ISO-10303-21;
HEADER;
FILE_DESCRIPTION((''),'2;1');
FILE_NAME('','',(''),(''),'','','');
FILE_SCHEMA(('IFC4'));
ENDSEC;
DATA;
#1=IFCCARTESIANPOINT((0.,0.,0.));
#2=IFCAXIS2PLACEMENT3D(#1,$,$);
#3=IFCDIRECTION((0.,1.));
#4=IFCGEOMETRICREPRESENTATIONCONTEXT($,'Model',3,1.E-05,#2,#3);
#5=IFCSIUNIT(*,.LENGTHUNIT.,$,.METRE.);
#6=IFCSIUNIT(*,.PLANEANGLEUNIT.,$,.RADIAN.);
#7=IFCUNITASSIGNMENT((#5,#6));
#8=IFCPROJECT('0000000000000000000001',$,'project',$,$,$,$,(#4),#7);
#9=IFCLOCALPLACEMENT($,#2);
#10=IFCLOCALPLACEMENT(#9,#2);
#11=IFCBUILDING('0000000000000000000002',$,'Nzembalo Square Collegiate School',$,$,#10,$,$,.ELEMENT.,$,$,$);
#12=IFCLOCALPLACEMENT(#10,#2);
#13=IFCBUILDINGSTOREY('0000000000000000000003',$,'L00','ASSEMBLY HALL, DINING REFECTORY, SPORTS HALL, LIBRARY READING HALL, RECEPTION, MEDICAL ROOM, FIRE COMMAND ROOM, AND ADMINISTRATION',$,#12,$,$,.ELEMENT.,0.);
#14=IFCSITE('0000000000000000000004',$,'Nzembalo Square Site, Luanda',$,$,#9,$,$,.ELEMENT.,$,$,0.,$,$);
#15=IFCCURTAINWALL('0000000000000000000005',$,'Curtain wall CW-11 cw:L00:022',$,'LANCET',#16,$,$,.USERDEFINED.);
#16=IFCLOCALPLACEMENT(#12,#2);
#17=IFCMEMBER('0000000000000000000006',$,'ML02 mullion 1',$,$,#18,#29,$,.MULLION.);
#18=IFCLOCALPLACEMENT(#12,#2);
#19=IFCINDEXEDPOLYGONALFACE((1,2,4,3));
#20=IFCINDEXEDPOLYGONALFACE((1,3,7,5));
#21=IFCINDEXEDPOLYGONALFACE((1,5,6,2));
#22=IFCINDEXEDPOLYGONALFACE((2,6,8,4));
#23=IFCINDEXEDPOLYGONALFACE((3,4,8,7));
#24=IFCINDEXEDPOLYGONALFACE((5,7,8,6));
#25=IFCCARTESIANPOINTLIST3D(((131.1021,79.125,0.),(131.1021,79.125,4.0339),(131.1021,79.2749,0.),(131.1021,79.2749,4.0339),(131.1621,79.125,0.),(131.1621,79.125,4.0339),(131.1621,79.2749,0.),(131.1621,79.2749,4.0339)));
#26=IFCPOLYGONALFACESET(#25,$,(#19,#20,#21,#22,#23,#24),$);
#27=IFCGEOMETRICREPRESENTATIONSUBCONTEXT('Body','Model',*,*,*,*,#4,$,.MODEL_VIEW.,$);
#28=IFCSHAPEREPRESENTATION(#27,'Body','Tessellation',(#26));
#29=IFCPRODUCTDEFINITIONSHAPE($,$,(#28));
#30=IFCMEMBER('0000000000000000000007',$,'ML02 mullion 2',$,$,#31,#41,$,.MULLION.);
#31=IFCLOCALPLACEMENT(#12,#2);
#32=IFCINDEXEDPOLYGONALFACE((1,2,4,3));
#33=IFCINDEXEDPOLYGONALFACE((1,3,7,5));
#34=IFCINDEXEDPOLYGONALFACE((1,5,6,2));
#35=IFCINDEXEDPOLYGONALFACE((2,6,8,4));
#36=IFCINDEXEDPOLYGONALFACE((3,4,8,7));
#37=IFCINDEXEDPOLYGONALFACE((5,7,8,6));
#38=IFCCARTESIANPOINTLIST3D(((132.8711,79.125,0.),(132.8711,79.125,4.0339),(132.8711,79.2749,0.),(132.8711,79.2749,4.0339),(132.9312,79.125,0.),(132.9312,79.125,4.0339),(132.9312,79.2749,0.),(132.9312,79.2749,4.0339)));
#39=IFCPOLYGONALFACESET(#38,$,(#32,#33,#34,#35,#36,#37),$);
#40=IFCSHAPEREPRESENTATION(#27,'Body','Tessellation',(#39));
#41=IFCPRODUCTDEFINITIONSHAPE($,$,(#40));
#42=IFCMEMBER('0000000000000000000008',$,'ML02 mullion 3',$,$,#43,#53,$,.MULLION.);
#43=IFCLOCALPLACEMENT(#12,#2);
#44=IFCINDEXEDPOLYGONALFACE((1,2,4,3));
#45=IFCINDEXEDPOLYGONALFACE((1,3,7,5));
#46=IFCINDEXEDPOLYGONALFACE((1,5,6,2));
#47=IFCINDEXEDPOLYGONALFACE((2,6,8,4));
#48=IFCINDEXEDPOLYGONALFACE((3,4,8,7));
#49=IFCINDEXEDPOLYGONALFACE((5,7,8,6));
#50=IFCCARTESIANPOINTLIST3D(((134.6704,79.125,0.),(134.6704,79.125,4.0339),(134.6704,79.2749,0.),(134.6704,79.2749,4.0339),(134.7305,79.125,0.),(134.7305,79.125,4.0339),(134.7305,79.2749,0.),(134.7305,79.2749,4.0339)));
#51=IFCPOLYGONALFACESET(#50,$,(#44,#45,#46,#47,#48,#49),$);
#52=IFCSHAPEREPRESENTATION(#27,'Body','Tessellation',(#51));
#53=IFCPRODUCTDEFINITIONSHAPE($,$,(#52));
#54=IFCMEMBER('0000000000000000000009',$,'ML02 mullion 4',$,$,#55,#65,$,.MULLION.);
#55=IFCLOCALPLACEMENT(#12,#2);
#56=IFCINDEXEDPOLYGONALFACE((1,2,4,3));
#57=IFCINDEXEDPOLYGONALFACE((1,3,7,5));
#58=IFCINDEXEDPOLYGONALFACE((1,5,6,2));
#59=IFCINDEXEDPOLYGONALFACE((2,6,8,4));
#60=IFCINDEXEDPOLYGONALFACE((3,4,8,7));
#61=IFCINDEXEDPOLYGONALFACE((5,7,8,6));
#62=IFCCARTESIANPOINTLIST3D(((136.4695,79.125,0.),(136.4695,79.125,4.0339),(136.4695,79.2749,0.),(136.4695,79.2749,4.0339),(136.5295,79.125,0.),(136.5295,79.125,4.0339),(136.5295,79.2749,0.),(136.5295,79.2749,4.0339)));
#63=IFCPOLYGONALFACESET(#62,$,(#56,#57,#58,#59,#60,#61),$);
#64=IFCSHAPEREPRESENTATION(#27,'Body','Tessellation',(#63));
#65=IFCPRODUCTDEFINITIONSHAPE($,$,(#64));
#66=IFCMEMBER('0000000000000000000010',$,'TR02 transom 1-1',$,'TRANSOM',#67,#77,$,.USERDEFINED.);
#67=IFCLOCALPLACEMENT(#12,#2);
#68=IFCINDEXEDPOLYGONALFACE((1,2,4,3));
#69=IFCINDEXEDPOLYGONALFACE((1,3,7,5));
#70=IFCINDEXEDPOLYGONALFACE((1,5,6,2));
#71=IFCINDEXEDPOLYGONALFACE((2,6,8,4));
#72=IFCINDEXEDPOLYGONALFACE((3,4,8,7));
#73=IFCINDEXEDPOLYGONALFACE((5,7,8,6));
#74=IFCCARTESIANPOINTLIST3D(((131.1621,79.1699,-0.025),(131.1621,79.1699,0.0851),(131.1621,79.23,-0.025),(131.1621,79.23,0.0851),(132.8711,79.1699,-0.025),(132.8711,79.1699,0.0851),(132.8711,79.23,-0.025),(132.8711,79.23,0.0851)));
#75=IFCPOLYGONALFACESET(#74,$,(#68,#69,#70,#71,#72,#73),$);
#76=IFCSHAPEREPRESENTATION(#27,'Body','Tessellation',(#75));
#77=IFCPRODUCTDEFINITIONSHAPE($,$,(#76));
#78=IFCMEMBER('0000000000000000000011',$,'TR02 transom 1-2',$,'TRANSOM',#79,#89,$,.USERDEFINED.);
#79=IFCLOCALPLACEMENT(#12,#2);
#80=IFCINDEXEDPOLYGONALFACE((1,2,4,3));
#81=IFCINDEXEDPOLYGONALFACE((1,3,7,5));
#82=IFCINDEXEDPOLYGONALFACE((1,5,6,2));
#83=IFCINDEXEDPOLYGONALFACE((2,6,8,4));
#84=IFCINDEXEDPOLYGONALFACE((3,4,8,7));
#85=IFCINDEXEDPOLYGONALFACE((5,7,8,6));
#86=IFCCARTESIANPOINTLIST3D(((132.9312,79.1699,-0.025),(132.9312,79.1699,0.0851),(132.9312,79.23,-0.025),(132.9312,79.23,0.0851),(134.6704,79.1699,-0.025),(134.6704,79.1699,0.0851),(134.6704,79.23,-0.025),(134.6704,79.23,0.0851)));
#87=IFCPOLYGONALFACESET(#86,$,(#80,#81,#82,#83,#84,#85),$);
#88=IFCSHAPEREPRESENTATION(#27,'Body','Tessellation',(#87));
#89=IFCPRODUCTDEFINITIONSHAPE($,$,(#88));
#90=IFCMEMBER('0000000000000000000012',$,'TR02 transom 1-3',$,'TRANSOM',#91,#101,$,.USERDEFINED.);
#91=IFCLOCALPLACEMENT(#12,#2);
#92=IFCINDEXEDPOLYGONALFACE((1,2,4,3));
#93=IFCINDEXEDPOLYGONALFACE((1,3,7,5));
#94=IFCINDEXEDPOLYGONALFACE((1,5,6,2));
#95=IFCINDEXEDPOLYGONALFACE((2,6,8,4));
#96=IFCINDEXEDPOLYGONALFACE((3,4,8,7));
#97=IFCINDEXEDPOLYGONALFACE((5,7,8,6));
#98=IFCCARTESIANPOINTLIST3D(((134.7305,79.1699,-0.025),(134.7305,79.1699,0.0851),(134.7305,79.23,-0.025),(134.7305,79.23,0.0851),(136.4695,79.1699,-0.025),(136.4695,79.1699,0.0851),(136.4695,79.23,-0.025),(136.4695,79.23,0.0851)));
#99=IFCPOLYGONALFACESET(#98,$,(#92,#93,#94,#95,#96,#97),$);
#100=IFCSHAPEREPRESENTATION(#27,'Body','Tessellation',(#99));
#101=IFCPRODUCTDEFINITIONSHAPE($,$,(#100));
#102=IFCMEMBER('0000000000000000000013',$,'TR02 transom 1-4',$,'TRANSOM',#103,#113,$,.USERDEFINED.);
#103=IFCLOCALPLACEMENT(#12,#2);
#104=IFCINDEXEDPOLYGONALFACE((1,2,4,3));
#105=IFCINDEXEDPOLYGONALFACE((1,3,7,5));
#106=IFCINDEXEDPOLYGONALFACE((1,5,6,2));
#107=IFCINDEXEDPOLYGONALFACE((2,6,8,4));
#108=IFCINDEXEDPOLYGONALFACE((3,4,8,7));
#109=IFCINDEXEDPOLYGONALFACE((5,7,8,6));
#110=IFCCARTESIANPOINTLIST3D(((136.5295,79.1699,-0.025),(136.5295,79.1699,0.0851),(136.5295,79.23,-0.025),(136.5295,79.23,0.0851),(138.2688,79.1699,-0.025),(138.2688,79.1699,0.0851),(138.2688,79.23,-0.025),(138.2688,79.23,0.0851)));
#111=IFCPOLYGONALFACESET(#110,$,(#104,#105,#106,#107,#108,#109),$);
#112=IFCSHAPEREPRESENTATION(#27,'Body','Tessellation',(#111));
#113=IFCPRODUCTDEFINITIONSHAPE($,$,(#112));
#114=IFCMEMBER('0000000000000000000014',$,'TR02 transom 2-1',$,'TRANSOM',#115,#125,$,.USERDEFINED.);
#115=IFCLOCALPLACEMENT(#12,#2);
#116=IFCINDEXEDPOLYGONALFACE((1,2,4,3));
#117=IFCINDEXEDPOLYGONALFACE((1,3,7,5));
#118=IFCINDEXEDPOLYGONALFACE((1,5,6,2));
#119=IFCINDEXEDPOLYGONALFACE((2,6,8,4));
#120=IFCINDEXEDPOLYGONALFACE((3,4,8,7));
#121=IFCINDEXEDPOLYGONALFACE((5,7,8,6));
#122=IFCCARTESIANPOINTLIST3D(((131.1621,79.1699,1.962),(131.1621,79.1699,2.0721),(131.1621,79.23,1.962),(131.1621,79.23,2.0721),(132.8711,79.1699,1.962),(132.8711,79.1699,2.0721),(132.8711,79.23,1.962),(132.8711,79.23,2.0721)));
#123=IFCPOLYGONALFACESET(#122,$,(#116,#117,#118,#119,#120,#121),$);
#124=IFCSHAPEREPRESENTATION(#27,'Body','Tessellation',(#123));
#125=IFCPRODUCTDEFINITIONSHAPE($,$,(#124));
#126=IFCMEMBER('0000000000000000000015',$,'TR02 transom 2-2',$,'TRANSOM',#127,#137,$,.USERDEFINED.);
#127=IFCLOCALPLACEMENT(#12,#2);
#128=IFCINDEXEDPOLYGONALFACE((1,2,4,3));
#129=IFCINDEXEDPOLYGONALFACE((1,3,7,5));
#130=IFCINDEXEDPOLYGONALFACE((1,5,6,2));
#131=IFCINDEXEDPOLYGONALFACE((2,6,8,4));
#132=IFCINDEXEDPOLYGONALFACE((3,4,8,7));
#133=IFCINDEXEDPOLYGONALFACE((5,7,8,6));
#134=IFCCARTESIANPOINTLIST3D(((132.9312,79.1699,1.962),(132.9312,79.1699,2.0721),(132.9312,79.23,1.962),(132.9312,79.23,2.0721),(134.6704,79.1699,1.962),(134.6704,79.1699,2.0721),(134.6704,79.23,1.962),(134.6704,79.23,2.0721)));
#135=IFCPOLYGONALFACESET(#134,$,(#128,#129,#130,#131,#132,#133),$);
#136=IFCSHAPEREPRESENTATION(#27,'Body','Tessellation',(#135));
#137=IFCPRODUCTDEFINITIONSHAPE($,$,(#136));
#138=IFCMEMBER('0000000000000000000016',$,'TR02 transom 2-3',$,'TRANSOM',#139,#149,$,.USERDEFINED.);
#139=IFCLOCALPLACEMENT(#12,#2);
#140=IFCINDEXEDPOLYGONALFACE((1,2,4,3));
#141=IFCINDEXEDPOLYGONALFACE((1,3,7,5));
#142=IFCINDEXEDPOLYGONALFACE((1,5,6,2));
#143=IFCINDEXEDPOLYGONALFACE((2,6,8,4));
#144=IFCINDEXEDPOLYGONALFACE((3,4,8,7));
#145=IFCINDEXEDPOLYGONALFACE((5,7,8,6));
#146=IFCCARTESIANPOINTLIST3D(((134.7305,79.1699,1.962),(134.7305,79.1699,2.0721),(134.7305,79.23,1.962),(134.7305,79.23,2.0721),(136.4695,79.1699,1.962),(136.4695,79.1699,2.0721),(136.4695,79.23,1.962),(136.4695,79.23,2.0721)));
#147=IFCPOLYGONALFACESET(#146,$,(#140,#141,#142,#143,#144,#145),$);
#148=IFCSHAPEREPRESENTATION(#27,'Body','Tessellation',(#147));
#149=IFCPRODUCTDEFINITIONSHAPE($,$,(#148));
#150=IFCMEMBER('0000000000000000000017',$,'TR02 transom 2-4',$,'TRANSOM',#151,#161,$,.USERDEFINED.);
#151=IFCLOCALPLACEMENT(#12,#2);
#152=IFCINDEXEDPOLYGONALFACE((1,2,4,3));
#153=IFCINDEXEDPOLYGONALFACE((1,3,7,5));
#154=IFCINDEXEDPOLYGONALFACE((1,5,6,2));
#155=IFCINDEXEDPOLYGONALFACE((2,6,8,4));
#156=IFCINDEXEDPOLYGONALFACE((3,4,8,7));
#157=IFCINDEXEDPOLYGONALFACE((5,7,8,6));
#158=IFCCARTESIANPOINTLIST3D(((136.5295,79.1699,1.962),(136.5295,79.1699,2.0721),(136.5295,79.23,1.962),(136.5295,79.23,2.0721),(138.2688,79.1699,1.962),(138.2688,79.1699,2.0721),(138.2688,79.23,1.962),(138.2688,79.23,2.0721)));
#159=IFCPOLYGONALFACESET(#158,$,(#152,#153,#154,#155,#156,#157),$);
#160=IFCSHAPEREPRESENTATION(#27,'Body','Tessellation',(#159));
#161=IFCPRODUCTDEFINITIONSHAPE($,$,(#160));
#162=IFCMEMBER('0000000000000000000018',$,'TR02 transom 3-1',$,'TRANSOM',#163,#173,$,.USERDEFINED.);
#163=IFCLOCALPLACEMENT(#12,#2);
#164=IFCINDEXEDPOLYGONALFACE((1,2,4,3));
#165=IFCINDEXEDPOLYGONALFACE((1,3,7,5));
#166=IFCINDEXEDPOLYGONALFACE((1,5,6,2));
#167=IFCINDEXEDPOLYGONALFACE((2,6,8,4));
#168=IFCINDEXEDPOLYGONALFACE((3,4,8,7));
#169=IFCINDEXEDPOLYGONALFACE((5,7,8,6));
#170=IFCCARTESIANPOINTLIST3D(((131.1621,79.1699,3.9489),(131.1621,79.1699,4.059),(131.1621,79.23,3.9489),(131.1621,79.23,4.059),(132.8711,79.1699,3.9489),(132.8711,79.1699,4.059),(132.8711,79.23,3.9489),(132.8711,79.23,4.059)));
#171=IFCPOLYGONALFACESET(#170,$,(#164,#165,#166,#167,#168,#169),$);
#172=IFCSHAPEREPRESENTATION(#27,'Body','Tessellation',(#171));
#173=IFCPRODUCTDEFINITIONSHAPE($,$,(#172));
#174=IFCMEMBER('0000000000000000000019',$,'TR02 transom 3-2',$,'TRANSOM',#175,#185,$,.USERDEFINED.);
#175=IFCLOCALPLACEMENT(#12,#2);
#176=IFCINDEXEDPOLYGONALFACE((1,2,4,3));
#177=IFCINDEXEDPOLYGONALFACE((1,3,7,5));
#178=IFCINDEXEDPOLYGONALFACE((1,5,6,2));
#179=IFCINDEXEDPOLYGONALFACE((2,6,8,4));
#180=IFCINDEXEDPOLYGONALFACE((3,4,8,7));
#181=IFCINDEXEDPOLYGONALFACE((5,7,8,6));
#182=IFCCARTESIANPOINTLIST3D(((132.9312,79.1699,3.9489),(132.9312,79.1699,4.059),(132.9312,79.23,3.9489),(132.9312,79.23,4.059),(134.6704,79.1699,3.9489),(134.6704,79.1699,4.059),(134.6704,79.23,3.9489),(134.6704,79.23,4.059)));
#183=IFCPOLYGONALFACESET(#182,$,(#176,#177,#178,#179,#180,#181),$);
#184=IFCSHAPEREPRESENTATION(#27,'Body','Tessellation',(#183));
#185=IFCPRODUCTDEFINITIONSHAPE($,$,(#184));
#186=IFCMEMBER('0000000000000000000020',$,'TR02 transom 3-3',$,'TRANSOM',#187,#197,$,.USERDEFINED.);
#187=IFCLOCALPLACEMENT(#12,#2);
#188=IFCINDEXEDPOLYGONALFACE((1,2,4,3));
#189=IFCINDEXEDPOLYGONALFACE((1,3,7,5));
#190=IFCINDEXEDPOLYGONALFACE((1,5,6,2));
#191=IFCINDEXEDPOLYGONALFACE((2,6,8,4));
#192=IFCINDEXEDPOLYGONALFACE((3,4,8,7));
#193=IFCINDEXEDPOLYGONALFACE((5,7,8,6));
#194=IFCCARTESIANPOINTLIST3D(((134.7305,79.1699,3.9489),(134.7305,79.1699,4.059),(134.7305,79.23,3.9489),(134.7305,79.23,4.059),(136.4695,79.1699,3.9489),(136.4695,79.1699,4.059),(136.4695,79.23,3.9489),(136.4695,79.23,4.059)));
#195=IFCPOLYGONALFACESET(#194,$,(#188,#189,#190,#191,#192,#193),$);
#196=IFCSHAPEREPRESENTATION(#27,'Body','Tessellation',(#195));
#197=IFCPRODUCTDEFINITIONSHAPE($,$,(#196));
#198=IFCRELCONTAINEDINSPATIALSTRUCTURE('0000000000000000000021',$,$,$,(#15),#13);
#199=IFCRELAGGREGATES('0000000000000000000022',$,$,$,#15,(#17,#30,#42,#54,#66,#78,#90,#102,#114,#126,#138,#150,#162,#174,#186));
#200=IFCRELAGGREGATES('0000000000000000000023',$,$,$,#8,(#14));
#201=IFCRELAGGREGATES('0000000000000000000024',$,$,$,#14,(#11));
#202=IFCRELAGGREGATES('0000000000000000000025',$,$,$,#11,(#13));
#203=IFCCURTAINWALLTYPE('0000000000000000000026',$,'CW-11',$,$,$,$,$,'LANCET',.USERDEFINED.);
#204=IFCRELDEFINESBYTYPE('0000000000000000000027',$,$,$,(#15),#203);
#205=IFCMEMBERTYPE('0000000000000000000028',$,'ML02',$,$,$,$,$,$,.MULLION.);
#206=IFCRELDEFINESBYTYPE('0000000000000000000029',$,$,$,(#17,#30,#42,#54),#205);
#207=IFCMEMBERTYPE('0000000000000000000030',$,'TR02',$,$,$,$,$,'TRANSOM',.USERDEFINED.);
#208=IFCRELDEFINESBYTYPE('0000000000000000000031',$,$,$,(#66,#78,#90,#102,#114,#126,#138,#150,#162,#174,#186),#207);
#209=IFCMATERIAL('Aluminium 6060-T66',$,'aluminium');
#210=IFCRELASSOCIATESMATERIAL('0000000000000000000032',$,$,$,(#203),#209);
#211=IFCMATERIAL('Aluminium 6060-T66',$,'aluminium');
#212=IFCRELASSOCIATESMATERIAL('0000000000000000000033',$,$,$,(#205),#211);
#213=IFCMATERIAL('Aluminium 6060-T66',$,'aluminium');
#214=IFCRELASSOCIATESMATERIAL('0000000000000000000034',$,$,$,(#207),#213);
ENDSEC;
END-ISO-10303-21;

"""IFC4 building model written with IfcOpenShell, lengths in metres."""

from ifc_helpers import new_model, si_unit, direction, frame, origin, origin_2d, place, context, subcontext, project, spatial, rectangle, extrude, material, material_profile, profile_set, type_object, element, aggregate, save


model = new_model("IFC4")

# Units and contexts
model_context = context("Model", 3, precision=1e-05, world=origin(), true_north=direction((0.0, 1.0)))
body_context = subcontext(model_context, "Body", "Model", "MODEL_VIEW")
ifc_project = project(units=[si_unit("LENGTHUNIT", "METRE"), si_unit("PLANEANGLEUNIT", "RADIAN")], contexts=[model_context])

# Site, building, storey
site_placement = place(None, origin())
site = spatial("IfcSite", under=ifc_project, at=site_placement, Name="Nzembalo Square Site, Luanda", CompositionType="ELEMENT", RefElevation=0.0)
building_placement = place(site_placement, origin())
building = spatial("IfcBuilding", under=site, at=building_placement, Name="Nzembalo Square Collegiate School", CompositionType="ELEMENT")
storey_placement = place(building_placement, origin())
storey = spatial("IfcBuildingStorey", under=building, at=storey_placement, Name="L00", Description="ASSEMBLY HALL, DINING REFECTORY, SPORTS HALL, LIBRARY READING HALL, RECEPTION, MEDICAL ROOM, FIRE COMMAND ROOM, AND ADMINISTRATION", CompositionType="ELEMENT", Elevation=0.0)

# Curtain wall, members
ifc_material_1 = material(Name="Aluminium 6060-T66", Category="aluminium")
curtain_wall_type = type_object("IfcCurtainWallType", Name="CW-11", ElementType="LANCET", PredefinedType="USERDEFINED", material=ifc_material_1)
curtain_wall_placement = place(storey_placement, origin())
curtain_wall = element("IfcCurtainWall", 1, at=curtain_wall_placement, inside=storey, type_object=curtain_wall_type, Name="Curtain wall CW-11 cw:L00:022", ObjectType="LANCET", PredefinedType="USERDEFINED")
ifc_material_2 = material(Name="Aluminium 6060-T66", Category="aluminium")
ifc_material_profile_1 = material_profile(ifc_material_2, rectangle(XDim=0.0601, YDim=0.1499, at=origin_2d()), Name="ALU M60x150")
ifc_profile_set_1 = profile_set([ifc_material_profile_1], Name="Aluminium 6060-T66")
member_type_1 = type_object("IfcMemberType", Name="ML02", PredefinedType="MULLION", material=ifc_profile_set_1)
member_1_placement = place(storey_placement, frame((131.1321, 79.2, 0.0), z_axis=(0.0, 0.0, 1.0), x_axis=(1.0, 0.0, 0.0)))
member_1 = element("IfcMember", 2, at=member_1_placement, type_object=member_type_1, Name="ML02 mullion 1", PredefinedType="MULLION", context=body_context, shape_type="SweptSolid", body=[
    extrude(rectangle(XDim=0.0601, YDim=0.1499, at=origin_2d()), origin(), (0.0, 0.0, 1.0), 4.0339),
])
member_2_placement = place(storey_placement, frame((132.9011, 79.2, 0.0), z_axis=(0.0, 0.0, 1.0), x_axis=(1.0, 0.0, 0.0)))
member_2 = element("IfcMember", 3, at=member_2_placement, type_object=member_type_1, Name="ML02 mullion 2", PredefinedType="MULLION", context=body_context, shape_type="SweptSolid", body=[
    extrude(rectangle(XDim=0.0601, YDim=0.1499, at=origin_2d()), origin(), (0.0, 0.0, 1.0), 4.0339),
])
member_3_placement = place(storey_placement, frame((134.7004, 79.2, 0.0), z_axis=(0.0, 0.0, 1.0), x_axis=(1.0, 0.0, 0.0)))
member_3 = element("IfcMember", 4, at=member_3_placement, type_object=member_type_1, Name="ML02 mullion 3", PredefinedType="MULLION", context=body_context, shape_type="SweptSolid", body=[
    extrude(rectangle(XDim=0.0601, YDim=0.1499, at=origin_2d()), origin(), (0.0, 0.0, 1.0), 4.0339),
])
member_4_placement = place(storey_placement, frame((136.4995, 79.2, 0.0), z_axis=(0.0, 0.0, 1.0), x_axis=(1.0, 0.0, 0.0)))
member_4 = element("IfcMember", 5, at=member_4_placement, type_object=member_type_1, Name="ML02 mullion 4", PredefinedType="MULLION", context=body_context, shape_type="SweptSolid", body=[
    extrude(rectangle(XDim=0.0601, YDim=0.1499, at=origin_2d()), origin(), (0.0, 0.0, 1.0), 4.0339),
])
ifc_material_3 = material(Name="Aluminium 6060-T66", Category="aluminium")
ifc_material_profile_2 = material_profile(ifc_material_3, rectangle(XDim=0.0601, YDim=0.1101, at=origin_2d()), Name="ALU T60x110")
ifc_profile_set_2 = profile_set([ifc_material_profile_2], Name="Aluminium 6060-T66")
member_type_2 = type_object("IfcMemberType", Name="TR02", ElementType="TRANSOM", PredefinedType="USERDEFINED", material=ifc_profile_set_2)
member_5_placement = place(storey_placement, frame((131.1621, 79.2, 0.03), z_axis=(1.0, 0.0, 0.0), x_axis=(0.0, 1.0, 0.0)))
member_5 = element("IfcMember", 6, at=member_5_placement, type_object=member_type_2, Name="TR02 transom 1-1", ObjectType="TRANSOM", PredefinedType="USERDEFINED", context=body_context, shape_type="SweptSolid", body=[
    extrude(rectangle(XDim=0.0601, YDim=0.1101, at=origin_2d()), origin(), (0.0, 0.0, 1.0), 1.709),
])
member_6_placement = place(storey_placement, frame((132.9312, 79.2, 0.03), z_axis=(1.0, 0.0, 0.0), x_axis=(0.0, 1.0, 0.0)))
member_6 = element("IfcMember", 7, at=member_6_placement, type_object=member_type_2, Name="TR02 transom 1-2", ObjectType="TRANSOM", PredefinedType="USERDEFINED", context=body_context, shape_type="SweptSolid", body=[
    extrude(rectangle(XDim=0.0601, YDim=0.1101, at=origin_2d()), origin(), (0.0, 0.0, 1.0), 1.7393),
])
member_7_placement = place(storey_placement, frame((134.7305, 79.2, 0.03), z_axis=(1.0, 0.0, 0.0), x_axis=(0.0, 1.0, 0.0)))
member_7 = element("IfcMember", 8, at=member_7_placement, type_object=member_type_2, Name="TR02 transom 1-3", ObjectType="TRANSOM", PredefinedType="USERDEFINED", context=body_context, shape_type="SweptSolid", body=[
    extrude(rectangle(XDim=0.0601, YDim=0.1101, at=origin_2d()), origin(), (0.0, 0.0, 1.0), 1.739),
])
member_8_placement = place(storey_placement, frame((136.5295, 79.2, 0.03), z_axis=(1.0, 0.0, 0.0), x_axis=(0.0, 1.0, 0.0)))
member_8 = element("IfcMember", 9, at=member_8_placement, type_object=member_type_2, Name="TR02 transom 1-4", ObjectType="TRANSOM", PredefinedType="USERDEFINED", context=body_context, shape_type="SweptSolid", body=[
    extrude(rectangle(XDim=0.0601, YDim=0.1101, at=origin_2d()), origin(), (0.0, 0.0, 1.0), 1.7393),
])
member_9_placement = place(storey_placement, frame((131.1621, 79.2, 2.0171), z_axis=(1.0, 0.0, 0.0), x_axis=(0.0, 1.0, 0.0)))
member_9 = element("IfcMember", 10, at=member_9_placement, type_object=member_type_2, Name="TR02 transom 2-1", ObjectType="TRANSOM", PredefinedType="USERDEFINED", context=body_context, shape_type="SweptSolid", body=[
    extrude(rectangle(XDim=0.0601, YDim=0.1101, at=origin_2d()), origin(), (0.0, 0.0, 1.0), 1.709),
])
member_10_placement = place(storey_placement, frame((132.9312, 79.2, 2.0171), z_axis=(1.0, 0.0, 0.0), x_axis=(0.0, 1.0, 0.0)))
member_10 = element("IfcMember", 11, at=member_10_placement, type_object=member_type_2, Name="TR02 transom 2-2", ObjectType="TRANSOM", PredefinedType="USERDEFINED", context=body_context, shape_type="SweptSolid", body=[
    extrude(rectangle(XDim=0.0601, YDim=0.1101, at=origin_2d()), origin(), (0.0, 0.0, 1.0), 1.7393),
])
member_11_placement = place(storey_placement, frame((134.7305, 79.2, 2.0171), z_axis=(1.0, 0.0, 0.0), x_axis=(0.0, 1.0, 0.0)))
member_11 = element("IfcMember", 12, at=member_11_placement, type_object=member_type_2, Name="TR02 transom 2-3", ObjectType="TRANSOM", PredefinedType="USERDEFINED", context=body_context, shape_type="SweptSolid", body=[
    extrude(rectangle(XDim=0.0601, YDim=0.1101, at=origin_2d()), origin(), (0.0, 0.0, 1.0), 1.739),
])
member_12_placement = place(storey_placement, frame((136.5295, 79.2, 2.0171), z_axis=(1.0, 0.0, 0.0), x_axis=(0.0, 1.0, 0.0)))
member_12 = element("IfcMember", 13, at=member_12_placement, type_object=member_type_2, Name="TR02 transom 2-4", ObjectType="TRANSOM", PredefinedType="USERDEFINED", context=body_context, shape_type="SweptSolid", body=[
    extrude(rectangle(XDim=0.0601, YDim=0.1101, at=origin_2d()), origin(), (0.0, 0.0, 1.0), 1.7393),
])
member_13_placement = place(storey_placement, frame((131.1621, 79.2, 4.0039), z_axis=(1.0, 0.0, 0.0), x_axis=(0.0, 1.0, 0.0)))
member_13 = element("IfcMember", 14, at=member_13_placement, type_object=member_type_2, Name="TR02 transom 3-1", ObjectType="TRANSOM", PredefinedType="USERDEFINED", context=body_context, shape_type="SweptSolid", body=[
    extrude(rectangle(XDim=0.0601, YDim=0.1101, at=origin_2d()), origin(), (0.0, 0.0, 1.0), 1.709),
])
member_14_placement = place(storey_placement, frame((132.9312, 79.2, 4.0039), z_axis=(1.0, 0.0, 0.0), x_axis=(0.0, 1.0, 0.0)))
member_14 = element("IfcMember", 15, at=member_14_placement, type_object=member_type_2, Name="TR02 transom 3-2", ObjectType="TRANSOM", PredefinedType="USERDEFINED", context=body_context, shape_type="SweptSolid", body=[
    extrude(rectangle(XDim=0.0601, YDim=0.1101, at=origin_2d()), origin(), (0.0, 0.0, 1.0), 1.7393),
])
member_15_placement = place(storey_placement, frame((134.7305, 79.2, 4.0039), z_axis=(1.0, 0.0, 0.0), x_axis=(0.0, 1.0, 0.0)))
member_15 = element("IfcMember", 16, at=member_15_placement, type_object=member_type_2, Name="TR02 transom 3-3", ObjectType="TRANSOM", PredefinedType="USERDEFINED", context=body_context, shape_type="SweptSolid", body=[
    extrude(rectangle(XDim=0.0601, YDim=0.1101, at=origin_2d()), origin(), (0.0, 0.0, 1.0), 1.739),
])
aggregate(curtain_wall, [member_1, member_2, member_3, member_4, member_5, member_6, member_7, member_8, member_9, member_10, member_11, member_12, member_13, member_14, member_15])

save(model, "model.ifc")
